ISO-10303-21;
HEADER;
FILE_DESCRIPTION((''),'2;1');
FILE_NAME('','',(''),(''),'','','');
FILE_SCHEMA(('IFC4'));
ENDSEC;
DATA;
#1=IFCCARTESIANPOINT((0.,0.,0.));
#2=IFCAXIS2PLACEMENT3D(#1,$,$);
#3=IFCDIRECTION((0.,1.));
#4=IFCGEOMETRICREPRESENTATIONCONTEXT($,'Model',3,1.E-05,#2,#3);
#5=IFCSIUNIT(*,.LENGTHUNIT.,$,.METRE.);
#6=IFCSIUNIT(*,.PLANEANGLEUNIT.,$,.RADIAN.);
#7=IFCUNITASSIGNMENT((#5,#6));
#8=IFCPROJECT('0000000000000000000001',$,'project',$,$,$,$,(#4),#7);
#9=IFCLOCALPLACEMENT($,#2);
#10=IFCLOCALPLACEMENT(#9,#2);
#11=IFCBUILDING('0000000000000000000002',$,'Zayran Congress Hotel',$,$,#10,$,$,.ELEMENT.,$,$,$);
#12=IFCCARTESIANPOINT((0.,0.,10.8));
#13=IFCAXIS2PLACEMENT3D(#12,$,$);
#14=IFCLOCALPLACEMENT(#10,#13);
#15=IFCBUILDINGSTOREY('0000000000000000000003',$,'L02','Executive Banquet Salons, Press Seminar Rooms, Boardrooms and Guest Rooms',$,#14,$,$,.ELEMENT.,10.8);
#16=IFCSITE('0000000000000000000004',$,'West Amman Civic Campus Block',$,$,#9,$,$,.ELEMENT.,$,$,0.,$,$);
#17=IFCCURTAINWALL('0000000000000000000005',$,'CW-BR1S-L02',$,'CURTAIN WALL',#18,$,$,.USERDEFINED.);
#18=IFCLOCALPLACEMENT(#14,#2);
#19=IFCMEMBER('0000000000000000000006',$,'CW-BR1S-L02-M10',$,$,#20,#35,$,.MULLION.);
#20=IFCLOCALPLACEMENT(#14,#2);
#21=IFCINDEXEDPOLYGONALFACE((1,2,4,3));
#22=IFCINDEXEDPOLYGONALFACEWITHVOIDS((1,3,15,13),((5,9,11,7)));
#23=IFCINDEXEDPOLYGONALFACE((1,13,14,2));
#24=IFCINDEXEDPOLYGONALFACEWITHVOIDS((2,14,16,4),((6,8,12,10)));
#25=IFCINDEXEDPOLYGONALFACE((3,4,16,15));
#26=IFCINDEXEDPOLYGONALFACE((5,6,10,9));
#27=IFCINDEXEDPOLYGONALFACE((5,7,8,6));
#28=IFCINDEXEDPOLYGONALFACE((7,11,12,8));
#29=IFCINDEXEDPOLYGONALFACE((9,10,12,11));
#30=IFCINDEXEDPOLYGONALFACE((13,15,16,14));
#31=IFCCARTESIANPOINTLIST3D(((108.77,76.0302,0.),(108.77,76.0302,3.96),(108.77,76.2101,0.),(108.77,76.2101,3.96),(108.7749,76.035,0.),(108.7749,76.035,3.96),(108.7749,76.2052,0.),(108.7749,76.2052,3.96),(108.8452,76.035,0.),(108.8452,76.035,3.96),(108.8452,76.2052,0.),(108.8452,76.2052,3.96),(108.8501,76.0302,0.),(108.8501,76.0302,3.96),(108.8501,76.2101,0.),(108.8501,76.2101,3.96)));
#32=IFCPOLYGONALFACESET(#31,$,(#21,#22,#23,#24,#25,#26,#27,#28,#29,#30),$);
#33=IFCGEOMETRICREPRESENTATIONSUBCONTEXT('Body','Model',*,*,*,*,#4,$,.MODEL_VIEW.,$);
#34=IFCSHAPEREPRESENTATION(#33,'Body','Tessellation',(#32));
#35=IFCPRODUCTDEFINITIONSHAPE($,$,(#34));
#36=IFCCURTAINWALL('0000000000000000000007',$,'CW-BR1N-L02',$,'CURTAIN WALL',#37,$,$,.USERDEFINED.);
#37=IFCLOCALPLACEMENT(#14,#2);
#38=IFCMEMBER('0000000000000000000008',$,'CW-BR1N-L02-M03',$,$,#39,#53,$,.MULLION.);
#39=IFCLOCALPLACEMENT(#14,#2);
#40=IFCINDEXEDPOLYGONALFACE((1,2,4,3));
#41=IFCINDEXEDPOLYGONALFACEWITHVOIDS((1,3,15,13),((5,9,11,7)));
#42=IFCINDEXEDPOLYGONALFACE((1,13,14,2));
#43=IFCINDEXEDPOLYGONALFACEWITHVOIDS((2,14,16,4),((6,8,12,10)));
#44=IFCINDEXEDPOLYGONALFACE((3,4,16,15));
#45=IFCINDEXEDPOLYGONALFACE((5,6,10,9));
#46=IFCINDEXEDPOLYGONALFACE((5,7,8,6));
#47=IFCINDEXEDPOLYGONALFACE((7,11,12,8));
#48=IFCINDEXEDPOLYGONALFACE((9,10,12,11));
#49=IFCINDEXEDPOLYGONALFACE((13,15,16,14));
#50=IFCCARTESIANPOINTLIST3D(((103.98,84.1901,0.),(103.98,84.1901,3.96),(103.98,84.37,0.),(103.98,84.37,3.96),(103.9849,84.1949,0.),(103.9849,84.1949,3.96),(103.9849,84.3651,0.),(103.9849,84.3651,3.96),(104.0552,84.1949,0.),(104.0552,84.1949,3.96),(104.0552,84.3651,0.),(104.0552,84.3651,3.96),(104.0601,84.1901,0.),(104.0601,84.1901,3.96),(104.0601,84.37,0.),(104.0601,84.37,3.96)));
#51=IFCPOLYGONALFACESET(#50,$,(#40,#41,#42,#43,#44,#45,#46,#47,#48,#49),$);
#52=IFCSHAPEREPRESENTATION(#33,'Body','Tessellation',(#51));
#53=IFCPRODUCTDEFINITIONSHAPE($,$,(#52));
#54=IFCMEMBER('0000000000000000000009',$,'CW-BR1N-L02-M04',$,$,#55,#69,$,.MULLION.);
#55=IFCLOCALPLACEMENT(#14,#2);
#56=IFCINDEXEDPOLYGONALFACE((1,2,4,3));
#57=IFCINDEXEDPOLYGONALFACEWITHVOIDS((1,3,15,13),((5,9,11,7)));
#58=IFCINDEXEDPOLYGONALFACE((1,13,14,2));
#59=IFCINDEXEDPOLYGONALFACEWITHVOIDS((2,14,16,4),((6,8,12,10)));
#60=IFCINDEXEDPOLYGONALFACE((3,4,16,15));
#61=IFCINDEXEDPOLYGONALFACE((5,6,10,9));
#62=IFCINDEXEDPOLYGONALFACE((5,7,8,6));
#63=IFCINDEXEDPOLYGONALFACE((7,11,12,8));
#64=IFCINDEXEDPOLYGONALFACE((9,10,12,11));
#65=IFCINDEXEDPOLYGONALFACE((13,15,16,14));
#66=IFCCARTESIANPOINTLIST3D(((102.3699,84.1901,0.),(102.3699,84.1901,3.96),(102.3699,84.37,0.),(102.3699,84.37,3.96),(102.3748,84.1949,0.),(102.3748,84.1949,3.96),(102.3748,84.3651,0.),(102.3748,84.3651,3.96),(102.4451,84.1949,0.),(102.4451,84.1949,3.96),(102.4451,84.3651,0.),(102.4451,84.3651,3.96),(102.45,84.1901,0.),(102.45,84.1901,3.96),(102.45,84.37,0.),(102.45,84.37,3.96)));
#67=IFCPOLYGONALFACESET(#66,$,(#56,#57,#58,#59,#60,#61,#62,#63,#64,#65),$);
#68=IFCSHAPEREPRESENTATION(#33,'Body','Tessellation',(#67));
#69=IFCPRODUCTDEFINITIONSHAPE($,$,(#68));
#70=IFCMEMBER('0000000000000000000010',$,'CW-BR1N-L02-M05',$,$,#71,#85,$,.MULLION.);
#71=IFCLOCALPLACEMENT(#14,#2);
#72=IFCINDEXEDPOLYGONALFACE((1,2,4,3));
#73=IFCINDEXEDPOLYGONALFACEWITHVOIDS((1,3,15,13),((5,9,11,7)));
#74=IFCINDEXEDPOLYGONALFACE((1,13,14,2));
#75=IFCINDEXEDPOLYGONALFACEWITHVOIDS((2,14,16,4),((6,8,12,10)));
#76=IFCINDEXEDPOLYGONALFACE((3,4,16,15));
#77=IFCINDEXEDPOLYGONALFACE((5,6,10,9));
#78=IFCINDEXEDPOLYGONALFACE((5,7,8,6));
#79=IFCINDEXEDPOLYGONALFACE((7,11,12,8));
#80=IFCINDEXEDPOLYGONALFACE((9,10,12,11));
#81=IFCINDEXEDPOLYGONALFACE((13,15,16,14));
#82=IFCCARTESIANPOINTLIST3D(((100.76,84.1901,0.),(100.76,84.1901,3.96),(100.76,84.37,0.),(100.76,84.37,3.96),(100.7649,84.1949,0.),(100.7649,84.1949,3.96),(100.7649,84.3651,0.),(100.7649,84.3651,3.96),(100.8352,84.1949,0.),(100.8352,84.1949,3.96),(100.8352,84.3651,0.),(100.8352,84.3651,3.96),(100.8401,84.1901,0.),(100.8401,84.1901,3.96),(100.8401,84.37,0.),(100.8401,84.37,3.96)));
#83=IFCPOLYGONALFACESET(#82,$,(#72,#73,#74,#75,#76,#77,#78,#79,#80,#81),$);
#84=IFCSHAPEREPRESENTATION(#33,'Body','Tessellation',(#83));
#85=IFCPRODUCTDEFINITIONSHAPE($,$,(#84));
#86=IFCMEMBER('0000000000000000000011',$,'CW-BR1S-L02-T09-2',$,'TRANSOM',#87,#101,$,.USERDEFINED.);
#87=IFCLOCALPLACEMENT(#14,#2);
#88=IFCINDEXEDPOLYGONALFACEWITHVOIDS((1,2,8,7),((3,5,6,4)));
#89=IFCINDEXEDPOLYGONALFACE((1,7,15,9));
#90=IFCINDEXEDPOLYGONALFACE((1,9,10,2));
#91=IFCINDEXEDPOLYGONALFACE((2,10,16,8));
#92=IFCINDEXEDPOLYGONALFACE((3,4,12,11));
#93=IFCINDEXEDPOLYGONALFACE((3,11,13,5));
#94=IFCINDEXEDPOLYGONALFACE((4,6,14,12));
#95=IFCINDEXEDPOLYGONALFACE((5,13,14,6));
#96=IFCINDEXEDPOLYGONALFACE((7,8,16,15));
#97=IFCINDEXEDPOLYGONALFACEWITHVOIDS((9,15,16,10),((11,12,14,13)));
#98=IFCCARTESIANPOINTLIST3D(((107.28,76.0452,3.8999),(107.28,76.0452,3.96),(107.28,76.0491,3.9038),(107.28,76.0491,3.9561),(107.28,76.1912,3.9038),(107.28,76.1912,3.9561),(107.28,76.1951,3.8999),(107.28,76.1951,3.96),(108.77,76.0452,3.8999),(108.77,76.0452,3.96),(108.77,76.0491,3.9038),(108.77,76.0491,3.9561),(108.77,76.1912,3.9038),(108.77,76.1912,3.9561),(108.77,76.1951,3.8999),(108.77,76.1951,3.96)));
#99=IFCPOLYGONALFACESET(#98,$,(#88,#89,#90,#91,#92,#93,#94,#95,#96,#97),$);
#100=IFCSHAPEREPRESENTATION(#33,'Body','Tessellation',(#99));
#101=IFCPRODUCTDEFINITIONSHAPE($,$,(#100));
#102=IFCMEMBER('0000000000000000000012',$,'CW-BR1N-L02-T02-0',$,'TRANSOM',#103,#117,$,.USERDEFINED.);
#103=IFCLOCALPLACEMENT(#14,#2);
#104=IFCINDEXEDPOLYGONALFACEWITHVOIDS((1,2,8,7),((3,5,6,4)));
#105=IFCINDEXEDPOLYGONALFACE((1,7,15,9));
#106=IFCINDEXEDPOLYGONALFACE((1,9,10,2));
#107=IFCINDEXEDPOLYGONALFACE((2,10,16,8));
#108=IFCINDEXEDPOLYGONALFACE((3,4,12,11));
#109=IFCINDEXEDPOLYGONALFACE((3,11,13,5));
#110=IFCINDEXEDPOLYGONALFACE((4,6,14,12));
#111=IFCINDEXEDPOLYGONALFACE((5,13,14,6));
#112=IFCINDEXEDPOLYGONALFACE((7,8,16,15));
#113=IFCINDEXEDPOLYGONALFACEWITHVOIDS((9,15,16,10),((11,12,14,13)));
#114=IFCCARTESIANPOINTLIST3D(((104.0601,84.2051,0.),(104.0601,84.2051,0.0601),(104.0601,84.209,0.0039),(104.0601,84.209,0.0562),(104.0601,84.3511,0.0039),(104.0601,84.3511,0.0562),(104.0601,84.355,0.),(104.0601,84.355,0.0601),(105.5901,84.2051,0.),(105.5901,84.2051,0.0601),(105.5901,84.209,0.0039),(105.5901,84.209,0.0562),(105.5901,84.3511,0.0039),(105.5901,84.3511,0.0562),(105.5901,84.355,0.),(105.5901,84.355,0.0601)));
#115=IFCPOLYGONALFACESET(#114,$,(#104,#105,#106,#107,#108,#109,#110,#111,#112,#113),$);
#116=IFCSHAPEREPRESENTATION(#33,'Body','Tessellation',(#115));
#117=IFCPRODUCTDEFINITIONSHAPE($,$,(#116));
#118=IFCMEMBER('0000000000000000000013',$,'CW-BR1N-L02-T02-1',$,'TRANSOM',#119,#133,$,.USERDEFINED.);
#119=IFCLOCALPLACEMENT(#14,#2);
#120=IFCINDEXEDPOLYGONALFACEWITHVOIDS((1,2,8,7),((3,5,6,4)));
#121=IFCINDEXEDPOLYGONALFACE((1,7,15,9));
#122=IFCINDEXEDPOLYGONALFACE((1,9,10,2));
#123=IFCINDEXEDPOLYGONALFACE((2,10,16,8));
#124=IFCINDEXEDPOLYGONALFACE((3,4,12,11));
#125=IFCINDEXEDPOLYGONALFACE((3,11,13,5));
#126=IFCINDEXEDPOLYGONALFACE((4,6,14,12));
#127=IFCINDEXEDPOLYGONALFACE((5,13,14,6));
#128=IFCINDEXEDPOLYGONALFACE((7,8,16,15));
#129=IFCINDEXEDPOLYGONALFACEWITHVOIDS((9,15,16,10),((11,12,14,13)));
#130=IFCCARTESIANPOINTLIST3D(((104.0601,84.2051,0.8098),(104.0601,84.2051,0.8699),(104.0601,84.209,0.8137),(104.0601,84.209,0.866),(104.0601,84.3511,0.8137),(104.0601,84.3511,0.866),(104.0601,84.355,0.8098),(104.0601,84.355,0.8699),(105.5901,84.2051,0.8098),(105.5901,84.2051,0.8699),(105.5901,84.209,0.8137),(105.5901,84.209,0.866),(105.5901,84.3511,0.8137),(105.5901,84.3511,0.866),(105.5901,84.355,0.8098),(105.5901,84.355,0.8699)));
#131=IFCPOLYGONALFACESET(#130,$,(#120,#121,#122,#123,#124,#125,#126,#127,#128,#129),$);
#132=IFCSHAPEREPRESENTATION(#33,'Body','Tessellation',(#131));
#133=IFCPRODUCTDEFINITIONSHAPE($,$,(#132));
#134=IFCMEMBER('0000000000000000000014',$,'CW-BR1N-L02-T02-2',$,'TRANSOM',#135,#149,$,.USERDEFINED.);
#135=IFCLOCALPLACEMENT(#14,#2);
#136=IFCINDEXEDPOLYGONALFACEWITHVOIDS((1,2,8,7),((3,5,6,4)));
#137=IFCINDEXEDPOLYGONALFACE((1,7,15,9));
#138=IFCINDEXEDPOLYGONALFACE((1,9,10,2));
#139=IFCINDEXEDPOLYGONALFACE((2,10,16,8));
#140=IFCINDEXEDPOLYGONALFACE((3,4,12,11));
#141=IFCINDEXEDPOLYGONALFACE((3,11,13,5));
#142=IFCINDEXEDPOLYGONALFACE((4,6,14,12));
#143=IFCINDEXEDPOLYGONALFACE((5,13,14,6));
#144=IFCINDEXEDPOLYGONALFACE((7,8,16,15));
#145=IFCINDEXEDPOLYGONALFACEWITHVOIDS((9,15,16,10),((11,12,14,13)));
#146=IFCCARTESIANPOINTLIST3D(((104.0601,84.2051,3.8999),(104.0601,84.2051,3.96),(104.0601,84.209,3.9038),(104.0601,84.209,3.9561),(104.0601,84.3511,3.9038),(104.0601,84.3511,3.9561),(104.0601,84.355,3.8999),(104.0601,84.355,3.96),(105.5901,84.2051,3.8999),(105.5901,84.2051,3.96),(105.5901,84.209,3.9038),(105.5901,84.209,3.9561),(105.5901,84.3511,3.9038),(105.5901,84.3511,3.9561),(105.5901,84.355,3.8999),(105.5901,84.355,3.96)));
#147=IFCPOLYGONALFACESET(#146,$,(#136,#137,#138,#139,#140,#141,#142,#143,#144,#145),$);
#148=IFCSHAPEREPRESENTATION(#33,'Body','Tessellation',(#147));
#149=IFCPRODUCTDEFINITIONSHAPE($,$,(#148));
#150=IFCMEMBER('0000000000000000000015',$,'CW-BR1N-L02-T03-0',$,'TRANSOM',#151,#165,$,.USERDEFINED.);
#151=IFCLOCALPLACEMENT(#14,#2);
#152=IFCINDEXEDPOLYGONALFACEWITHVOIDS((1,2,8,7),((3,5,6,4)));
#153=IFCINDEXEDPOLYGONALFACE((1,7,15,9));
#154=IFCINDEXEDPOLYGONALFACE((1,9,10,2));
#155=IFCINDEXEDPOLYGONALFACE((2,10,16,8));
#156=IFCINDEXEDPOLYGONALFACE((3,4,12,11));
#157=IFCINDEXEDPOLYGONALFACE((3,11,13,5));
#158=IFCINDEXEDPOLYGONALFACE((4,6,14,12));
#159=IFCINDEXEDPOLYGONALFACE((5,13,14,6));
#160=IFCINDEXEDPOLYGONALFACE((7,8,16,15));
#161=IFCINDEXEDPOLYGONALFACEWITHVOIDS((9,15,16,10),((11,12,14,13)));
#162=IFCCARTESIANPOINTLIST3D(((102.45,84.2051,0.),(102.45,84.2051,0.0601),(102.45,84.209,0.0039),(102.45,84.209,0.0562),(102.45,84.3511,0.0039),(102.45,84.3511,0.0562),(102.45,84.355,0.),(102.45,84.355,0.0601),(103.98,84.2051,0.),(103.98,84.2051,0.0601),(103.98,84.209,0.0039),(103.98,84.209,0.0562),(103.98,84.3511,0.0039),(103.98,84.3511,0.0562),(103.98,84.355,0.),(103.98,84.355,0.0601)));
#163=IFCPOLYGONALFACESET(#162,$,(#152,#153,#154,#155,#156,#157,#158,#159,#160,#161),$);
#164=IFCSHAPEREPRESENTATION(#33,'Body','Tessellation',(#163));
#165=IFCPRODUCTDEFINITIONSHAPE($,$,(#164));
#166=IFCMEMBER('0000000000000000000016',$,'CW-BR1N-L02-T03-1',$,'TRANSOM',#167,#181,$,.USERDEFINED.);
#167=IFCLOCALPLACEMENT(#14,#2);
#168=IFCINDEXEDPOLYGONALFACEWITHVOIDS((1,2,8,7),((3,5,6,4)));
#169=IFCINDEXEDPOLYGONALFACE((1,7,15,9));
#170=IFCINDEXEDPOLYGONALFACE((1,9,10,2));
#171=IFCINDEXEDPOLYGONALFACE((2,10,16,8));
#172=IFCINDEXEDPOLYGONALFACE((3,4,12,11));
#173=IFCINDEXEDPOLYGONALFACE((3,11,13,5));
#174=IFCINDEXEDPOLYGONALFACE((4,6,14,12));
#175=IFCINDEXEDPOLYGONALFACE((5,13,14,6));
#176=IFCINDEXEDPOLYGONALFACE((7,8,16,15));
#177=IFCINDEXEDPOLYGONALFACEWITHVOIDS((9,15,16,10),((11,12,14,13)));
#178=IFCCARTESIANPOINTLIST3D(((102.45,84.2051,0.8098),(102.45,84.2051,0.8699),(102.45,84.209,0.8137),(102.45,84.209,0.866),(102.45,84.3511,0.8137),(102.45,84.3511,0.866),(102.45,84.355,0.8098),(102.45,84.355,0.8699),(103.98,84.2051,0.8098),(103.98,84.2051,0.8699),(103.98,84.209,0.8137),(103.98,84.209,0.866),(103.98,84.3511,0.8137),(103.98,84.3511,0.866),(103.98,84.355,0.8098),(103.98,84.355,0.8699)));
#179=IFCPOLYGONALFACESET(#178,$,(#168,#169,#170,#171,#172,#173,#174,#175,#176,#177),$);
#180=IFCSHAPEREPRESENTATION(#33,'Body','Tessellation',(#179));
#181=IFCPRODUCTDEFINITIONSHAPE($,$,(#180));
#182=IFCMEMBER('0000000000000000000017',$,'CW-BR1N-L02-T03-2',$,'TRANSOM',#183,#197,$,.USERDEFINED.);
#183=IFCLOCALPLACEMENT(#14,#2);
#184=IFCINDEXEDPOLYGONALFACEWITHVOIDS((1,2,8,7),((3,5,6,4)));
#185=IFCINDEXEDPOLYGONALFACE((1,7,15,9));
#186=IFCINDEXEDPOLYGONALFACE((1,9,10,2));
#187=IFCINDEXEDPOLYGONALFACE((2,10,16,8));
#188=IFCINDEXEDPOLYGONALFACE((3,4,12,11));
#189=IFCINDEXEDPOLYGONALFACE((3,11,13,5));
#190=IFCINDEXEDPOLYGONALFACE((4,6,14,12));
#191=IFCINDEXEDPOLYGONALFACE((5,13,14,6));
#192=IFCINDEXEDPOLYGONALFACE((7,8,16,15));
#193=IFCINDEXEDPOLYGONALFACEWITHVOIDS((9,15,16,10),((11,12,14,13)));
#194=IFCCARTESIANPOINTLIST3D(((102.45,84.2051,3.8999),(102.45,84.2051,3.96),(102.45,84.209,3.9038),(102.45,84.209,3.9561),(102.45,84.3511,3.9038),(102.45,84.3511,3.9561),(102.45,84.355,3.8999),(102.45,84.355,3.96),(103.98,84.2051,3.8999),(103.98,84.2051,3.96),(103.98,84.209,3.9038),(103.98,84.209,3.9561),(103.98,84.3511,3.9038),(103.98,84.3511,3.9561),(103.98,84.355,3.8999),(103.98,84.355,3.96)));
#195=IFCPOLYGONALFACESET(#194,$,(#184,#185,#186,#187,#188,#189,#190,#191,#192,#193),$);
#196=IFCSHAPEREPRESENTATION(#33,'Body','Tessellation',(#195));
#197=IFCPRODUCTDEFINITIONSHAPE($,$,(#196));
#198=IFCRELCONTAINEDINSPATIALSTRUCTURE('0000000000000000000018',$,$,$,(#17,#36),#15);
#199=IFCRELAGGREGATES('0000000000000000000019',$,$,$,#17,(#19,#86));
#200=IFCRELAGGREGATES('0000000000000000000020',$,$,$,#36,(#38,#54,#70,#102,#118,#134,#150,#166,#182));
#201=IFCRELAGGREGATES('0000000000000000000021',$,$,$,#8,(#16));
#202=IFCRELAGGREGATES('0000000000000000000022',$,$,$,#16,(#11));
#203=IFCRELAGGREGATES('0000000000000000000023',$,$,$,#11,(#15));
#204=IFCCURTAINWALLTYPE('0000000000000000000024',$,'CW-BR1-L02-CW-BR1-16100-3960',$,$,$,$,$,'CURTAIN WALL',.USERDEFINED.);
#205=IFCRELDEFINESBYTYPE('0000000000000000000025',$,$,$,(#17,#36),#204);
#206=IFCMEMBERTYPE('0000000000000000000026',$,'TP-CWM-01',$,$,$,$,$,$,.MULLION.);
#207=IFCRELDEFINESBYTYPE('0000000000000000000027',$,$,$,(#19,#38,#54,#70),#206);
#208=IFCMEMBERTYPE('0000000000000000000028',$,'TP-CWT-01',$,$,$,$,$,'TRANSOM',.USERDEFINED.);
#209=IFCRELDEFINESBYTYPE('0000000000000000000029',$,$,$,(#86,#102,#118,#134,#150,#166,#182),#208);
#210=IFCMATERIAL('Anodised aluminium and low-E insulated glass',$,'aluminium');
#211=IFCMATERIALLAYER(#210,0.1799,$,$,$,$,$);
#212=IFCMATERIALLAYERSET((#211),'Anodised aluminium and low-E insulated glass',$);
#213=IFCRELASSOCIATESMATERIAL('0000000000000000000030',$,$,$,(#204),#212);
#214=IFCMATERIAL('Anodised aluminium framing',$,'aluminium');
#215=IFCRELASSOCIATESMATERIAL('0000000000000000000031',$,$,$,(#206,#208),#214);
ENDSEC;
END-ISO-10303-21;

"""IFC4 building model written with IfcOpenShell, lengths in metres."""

from ifc_helpers import new_model, si_unit, direction, frame, origin, origin_2d, place, context, subcontext, project, spatial, hollow_rectangle, extrude, material, layer, layer_set, material_profile, profile_set, type_object, element, aggregate, save


model = new_model("IFC4")

# Units and contexts
model_context = context("Model", 3, precision=1e-05, world=origin(), true_north=direction((0.0, 1.0)))
body_context = subcontext(model_context, "Body", "Model", "MODEL_VIEW")
ifc_project = project(units=[si_unit("LENGTHUNIT", "METRE"), si_unit("PLANEANGLEUNIT", "RADIAN")], contexts=[model_context])

# Site, building, storey
site_placement = place(None, origin())
site = spatial("IfcSite", under=ifc_project, at=site_placement, Name="West Amman Civic Campus Block", CompositionType="ELEMENT", RefElevation=0.0)
building_placement = place(site_placement, origin())
building = spatial("IfcBuilding", under=site, at=building_placement, Name="Zayran Congress Hotel", CompositionType="ELEMENT")
storey_placement = place(building_placement, frame((0.0, 0.0, 10.8)))
storey = spatial("IfcBuildingStorey", under=building, at=storey_placement, Name="L02", Description="Executive Banquet Salons, Press Seminar Rooms, Boardrooms and Guest Rooms", CompositionType="ELEMENT", Elevation=10.8)

# Curtain wall, member
ifc_material_1 = material(Name="Anodised aluminium and low-E insulated glass", Category="aluminium")
ifc_layer_1 = layer(ifc_material_1, 0.1799)
ifc_layer_set_1 = layer_set([ifc_layer_1], Name="Anodised aluminium and low-E insulated glass")
curtain_wall_type = type_object("IfcCurtainWallType", Name="CW-BR1-L02-CW-BR1-16100-3960", ElementType="CURTAIN WALL", PredefinedType="USERDEFINED", material=ifc_layer_set_1)
curtain_wall_1_placement = place(storey_placement, origin())
curtain_wall_1 = element("IfcCurtainWall", 1, at=curtain_wall_1_placement, inside=storey, type_object=curtain_wall_type, Name="CW-BR1S-L02", ObjectType="CURTAIN WALL", PredefinedType="USERDEFINED")
ifc_material_2 = material(Name="Anodised aluminium framing", Category="aluminium")
ifc_material_profile_1 = material_profile(ifc_material_2, hollow_rectangle(XDim=0.0801, YDim=0.1799, WallThickness=0.0049, at=origin_2d()), Name="RHS 180x80x5")
ifc_profile_set_1 = profile_set([ifc_material_profile_1], Name="Anodised aluminium framing")
member_type_1 = type_object("IfcMemberType", Name="TP-CWM-01", PredefinedType="MULLION", material=ifc_profile_set_1)
member_1_placement = place(storey_placement, frame((108.8101, 76.1201, 0.0), z_axis=(0.0, 0.0, 1.0), x_axis=(1.0, 0.0, 0.0)))
member_1 = element("IfcMember", 2, at=member_1_placement, type_object=member_type_1, Name="CW-BR1S-L02-M10", PredefinedType="MULLION", context=body_context, shape_type="SweptSolid", body=[
    extrude(hollow_rectangle(XDim=0.0801, YDim=0.1799, WallThickness=0.0049, at=origin_2d()), origin(), (0.0, 0.0, 1.0), 3.96),
])

# Curtain wall, members
curtain_wall_2_placement = place(storey_placement, origin())
curtain_wall_2 = element("IfcCurtainWall", 3, at=curtain_wall_2_placement, inside=storey, type_object=curtain_wall_type, Name="CW-BR1N-L02", ObjectType="CURTAIN WALL", PredefinedType="USERDEFINED")
member_2_placement = place(storey_placement, frame((104.02, 84.28, 0.0), z_axis=(0.0, 0.0, 1.0), x_axis=(1.0, 0.0, 0.0)))
member_2 = element("IfcMember", 4, at=member_2_placement, type_object=member_type_1, Name="CW-BR1N-L02-M03", PredefinedType="MULLION", context=body_context, shape_type="SweptSolid", body=[
    extrude(hollow_rectangle(XDim=0.0801, YDim=0.1799, WallThickness=0.0049, at=origin_2d()), origin(), (0.0, 0.0, 1.0), 3.96),
])
member_3_placement = place(storey_placement, frame((102.4099, 84.28, 0.0), z_axis=(0.0, 0.0, 1.0), x_axis=(1.0, 0.0, 0.0)))
member_3 = element("IfcMember", 5, at=member_3_placement, type_object=member_type_1, Name="CW-BR1N-L02-M04", PredefinedType="MULLION", context=body_context, shape_type="SweptSolid", body=[
    extrude(hollow_rectangle(XDim=0.0801, YDim=0.1799, WallThickness=0.0049, at=origin_2d()), origin(), (0.0, 0.0, 1.0), 3.96),
])
member_4_placement = place(storey_placement, frame((100.8, 84.28, 0.0), z_axis=(0.0, 0.0, 1.0), x_axis=(1.0, 0.0, 0.0)))
member_4 = element("IfcMember", 6, at=member_4_placement, type_object=member_type_1, Name="CW-BR1N-L02-M05", PredefinedType="MULLION", context=body_context, shape_type="SweptSolid", body=[
    extrude(hollow_rectangle(XDim=0.0801, YDim=0.1799, WallThickness=0.0049, at=origin_2d()), origin(), (0.0, 0.0, 1.0), 3.96),
])

# Members
ifc_material_profile_2 = material_profile(ifc_material_2, hollow_rectangle(XDim=0.0601, YDim=0.1499, WallThickness=0.0039, at=origin_2d()), Name="RHS 150x60x4")
ifc_profile_set_2 = profile_set([ifc_material_profile_2], Name="Anodised aluminium framing")
member_type_2 = type_object("IfcMemberType", Name="TP-CWT-01", ElementType="TRANSOM", PredefinedType="USERDEFINED", material=ifc_profile_set_2)
member_5_placement = place(storey_placement, frame((107.28, 76.1201, 3.9299), z_axis=(1.0, 0.0, 0.0), x_axis=(0.0, 0.0, 1.0)))
member_5 = element("IfcMember", 7, at=member_5_placement, type_object=member_type_2, Name="CW-BR1S-L02-T09-2", ObjectType="TRANSOM", PredefinedType="USERDEFINED", context=body_context, shape_type="SweptSolid", body=[
    extrude(hollow_rectangle(XDim=0.0601, YDim=0.1499, WallThickness=0.0039, at=origin_2d()), origin(), (0.0, 0.0, 1.0), 1.49),
])
member_6_placement = place(storey_placement, frame((105.5901, 84.28, 0.03), z_axis=(-1.0, 0.0, 0.0), x_axis=(0.0, 0.0, 1.0)))
member_6 = element("IfcMember", 8, at=member_6_placement, type_object=member_type_2, Name="CW-BR1N-L02-T02-0", ObjectType="TRANSOM", PredefinedType="USERDEFINED", context=body_context, shape_type="SweptSolid", body=[
    extrude(hollow_rectangle(XDim=0.0601, YDim=0.1499, WallThickness=0.0039, at=origin_2d()), origin(), (0.0, 0.0, 1.0), 1.53),
])
member_7_placement = place(storey_placement, frame((105.5901, 84.28, 0.8398), z_axis=(-1.0, 0.0, 0.0), x_axis=(0.0, 0.0, 1.0)))
member_7 = element("IfcMember", 9, at=member_7_placement, type_object=member_type_2, Name="CW-BR1N-L02-T02-1", ObjectType="TRANSOM", PredefinedType="USERDEFINED", context=body_context, shape_type="SweptSolid", body=[
    extrude(hollow_rectangle(XDim=0.0601, YDim=0.1499, WallThickness=0.0039, at=origin_2d()), origin(), (0.0, 0.0, 1.0), 1.53),
])
member_8_placement = place(storey_placement, frame((105.5901, 84.28, 3.9299), z_axis=(-1.0, 0.0, 0.0), x_axis=(0.0, 0.0, 1.0)))
member_8 = element("IfcMember", 10, at=member_8_placement, type_object=member_type_2, Name="CW-BR1N-L02-T02-2", ObjectType="TRANSOM", PredefinedType="USERDEFINED", context=body_context, shape_type="SweptSolid", body=[
    extrude(hollow_rectangle(XDim=0.0601, YDim=0.1499, WallThickness=0.0039, at=origin_2d()), origin(), (0.0, 0.0, 1.0), 1.53),
])
member_9_placement = place(storey_placement, frame((103.98, 84.28, 0.03), z_axis=(-1.0, 0.0, 0.0), x_axis=(0.0, 0.0, 1.0)))
member_9 = element("IfcMember", 11, at=member_9_placement, type_object=member_type_2, Name="CW-BR1N-L02-T03-0", ObjectType="TRANSOM", PredefinedType="USERDEFINED", context=body_context, shape_type="SweptSolid", body=[
    extrude(hollow_rectangle(XDim=0.0601, YDim=0.1499, WallThickness=0.0039, at=origin_2d()), origin(), (0.0, 0.0, 1.0), 1.53),
])
member_10_placement = place(storey_placement, frame((103.98, 84.28, 0.8398), z_axis=(-1.0, 0.0, 0.0), x_axis=(0.0, 0.0, 1.0)))
member_10 = element("IfcMember", 12, at=member_10_placement, type_object=member_type_2, Name="CW-BR1N-L02-T03-1", ObjectType="TRANSOM", PredefinedType="USERDEFINED", context=body_context, shape_type="SweptSolid", body=[
    extrude(hollow_rectangle(XDim=0.0601, YDim=0.1499, WallThickness=0.0039, at=origin_2d()), origin(), (0.0, 0.0, 1.0), 1.53),
])
member_11_placement = place(storey_placement, frame((103.98, 84.28, 3.9299), z_axis=(-1.0, 0.0, 0.0), x_axis=(0.0, 0.0, 1.0)))
member_11 = element("IfcMember", 13, at=member_11_placement, type_object=member_type_2, Name="CW-BR1N-L02-T03-2", ObjectType="TRANSOM", PredefinedType="USERDEFINED", context=body_context, shape_type="SweptSolid", body=[
    extrude(hollow_rectangle(XDim=0.0601, YDim=0.1499, WallThickness=0.0039, at=origin_2d()), origin(), (0.0, 0.0, 1.0), 1.53),
])

aggregate(curtain_wall_1, [member_1, member_5])
aggregate(curtain_wall_2, [member_2, member_3, member_4, member_6, member_7, member_8, member_9, member_10, member_11])

save(model, "model.ifc")
